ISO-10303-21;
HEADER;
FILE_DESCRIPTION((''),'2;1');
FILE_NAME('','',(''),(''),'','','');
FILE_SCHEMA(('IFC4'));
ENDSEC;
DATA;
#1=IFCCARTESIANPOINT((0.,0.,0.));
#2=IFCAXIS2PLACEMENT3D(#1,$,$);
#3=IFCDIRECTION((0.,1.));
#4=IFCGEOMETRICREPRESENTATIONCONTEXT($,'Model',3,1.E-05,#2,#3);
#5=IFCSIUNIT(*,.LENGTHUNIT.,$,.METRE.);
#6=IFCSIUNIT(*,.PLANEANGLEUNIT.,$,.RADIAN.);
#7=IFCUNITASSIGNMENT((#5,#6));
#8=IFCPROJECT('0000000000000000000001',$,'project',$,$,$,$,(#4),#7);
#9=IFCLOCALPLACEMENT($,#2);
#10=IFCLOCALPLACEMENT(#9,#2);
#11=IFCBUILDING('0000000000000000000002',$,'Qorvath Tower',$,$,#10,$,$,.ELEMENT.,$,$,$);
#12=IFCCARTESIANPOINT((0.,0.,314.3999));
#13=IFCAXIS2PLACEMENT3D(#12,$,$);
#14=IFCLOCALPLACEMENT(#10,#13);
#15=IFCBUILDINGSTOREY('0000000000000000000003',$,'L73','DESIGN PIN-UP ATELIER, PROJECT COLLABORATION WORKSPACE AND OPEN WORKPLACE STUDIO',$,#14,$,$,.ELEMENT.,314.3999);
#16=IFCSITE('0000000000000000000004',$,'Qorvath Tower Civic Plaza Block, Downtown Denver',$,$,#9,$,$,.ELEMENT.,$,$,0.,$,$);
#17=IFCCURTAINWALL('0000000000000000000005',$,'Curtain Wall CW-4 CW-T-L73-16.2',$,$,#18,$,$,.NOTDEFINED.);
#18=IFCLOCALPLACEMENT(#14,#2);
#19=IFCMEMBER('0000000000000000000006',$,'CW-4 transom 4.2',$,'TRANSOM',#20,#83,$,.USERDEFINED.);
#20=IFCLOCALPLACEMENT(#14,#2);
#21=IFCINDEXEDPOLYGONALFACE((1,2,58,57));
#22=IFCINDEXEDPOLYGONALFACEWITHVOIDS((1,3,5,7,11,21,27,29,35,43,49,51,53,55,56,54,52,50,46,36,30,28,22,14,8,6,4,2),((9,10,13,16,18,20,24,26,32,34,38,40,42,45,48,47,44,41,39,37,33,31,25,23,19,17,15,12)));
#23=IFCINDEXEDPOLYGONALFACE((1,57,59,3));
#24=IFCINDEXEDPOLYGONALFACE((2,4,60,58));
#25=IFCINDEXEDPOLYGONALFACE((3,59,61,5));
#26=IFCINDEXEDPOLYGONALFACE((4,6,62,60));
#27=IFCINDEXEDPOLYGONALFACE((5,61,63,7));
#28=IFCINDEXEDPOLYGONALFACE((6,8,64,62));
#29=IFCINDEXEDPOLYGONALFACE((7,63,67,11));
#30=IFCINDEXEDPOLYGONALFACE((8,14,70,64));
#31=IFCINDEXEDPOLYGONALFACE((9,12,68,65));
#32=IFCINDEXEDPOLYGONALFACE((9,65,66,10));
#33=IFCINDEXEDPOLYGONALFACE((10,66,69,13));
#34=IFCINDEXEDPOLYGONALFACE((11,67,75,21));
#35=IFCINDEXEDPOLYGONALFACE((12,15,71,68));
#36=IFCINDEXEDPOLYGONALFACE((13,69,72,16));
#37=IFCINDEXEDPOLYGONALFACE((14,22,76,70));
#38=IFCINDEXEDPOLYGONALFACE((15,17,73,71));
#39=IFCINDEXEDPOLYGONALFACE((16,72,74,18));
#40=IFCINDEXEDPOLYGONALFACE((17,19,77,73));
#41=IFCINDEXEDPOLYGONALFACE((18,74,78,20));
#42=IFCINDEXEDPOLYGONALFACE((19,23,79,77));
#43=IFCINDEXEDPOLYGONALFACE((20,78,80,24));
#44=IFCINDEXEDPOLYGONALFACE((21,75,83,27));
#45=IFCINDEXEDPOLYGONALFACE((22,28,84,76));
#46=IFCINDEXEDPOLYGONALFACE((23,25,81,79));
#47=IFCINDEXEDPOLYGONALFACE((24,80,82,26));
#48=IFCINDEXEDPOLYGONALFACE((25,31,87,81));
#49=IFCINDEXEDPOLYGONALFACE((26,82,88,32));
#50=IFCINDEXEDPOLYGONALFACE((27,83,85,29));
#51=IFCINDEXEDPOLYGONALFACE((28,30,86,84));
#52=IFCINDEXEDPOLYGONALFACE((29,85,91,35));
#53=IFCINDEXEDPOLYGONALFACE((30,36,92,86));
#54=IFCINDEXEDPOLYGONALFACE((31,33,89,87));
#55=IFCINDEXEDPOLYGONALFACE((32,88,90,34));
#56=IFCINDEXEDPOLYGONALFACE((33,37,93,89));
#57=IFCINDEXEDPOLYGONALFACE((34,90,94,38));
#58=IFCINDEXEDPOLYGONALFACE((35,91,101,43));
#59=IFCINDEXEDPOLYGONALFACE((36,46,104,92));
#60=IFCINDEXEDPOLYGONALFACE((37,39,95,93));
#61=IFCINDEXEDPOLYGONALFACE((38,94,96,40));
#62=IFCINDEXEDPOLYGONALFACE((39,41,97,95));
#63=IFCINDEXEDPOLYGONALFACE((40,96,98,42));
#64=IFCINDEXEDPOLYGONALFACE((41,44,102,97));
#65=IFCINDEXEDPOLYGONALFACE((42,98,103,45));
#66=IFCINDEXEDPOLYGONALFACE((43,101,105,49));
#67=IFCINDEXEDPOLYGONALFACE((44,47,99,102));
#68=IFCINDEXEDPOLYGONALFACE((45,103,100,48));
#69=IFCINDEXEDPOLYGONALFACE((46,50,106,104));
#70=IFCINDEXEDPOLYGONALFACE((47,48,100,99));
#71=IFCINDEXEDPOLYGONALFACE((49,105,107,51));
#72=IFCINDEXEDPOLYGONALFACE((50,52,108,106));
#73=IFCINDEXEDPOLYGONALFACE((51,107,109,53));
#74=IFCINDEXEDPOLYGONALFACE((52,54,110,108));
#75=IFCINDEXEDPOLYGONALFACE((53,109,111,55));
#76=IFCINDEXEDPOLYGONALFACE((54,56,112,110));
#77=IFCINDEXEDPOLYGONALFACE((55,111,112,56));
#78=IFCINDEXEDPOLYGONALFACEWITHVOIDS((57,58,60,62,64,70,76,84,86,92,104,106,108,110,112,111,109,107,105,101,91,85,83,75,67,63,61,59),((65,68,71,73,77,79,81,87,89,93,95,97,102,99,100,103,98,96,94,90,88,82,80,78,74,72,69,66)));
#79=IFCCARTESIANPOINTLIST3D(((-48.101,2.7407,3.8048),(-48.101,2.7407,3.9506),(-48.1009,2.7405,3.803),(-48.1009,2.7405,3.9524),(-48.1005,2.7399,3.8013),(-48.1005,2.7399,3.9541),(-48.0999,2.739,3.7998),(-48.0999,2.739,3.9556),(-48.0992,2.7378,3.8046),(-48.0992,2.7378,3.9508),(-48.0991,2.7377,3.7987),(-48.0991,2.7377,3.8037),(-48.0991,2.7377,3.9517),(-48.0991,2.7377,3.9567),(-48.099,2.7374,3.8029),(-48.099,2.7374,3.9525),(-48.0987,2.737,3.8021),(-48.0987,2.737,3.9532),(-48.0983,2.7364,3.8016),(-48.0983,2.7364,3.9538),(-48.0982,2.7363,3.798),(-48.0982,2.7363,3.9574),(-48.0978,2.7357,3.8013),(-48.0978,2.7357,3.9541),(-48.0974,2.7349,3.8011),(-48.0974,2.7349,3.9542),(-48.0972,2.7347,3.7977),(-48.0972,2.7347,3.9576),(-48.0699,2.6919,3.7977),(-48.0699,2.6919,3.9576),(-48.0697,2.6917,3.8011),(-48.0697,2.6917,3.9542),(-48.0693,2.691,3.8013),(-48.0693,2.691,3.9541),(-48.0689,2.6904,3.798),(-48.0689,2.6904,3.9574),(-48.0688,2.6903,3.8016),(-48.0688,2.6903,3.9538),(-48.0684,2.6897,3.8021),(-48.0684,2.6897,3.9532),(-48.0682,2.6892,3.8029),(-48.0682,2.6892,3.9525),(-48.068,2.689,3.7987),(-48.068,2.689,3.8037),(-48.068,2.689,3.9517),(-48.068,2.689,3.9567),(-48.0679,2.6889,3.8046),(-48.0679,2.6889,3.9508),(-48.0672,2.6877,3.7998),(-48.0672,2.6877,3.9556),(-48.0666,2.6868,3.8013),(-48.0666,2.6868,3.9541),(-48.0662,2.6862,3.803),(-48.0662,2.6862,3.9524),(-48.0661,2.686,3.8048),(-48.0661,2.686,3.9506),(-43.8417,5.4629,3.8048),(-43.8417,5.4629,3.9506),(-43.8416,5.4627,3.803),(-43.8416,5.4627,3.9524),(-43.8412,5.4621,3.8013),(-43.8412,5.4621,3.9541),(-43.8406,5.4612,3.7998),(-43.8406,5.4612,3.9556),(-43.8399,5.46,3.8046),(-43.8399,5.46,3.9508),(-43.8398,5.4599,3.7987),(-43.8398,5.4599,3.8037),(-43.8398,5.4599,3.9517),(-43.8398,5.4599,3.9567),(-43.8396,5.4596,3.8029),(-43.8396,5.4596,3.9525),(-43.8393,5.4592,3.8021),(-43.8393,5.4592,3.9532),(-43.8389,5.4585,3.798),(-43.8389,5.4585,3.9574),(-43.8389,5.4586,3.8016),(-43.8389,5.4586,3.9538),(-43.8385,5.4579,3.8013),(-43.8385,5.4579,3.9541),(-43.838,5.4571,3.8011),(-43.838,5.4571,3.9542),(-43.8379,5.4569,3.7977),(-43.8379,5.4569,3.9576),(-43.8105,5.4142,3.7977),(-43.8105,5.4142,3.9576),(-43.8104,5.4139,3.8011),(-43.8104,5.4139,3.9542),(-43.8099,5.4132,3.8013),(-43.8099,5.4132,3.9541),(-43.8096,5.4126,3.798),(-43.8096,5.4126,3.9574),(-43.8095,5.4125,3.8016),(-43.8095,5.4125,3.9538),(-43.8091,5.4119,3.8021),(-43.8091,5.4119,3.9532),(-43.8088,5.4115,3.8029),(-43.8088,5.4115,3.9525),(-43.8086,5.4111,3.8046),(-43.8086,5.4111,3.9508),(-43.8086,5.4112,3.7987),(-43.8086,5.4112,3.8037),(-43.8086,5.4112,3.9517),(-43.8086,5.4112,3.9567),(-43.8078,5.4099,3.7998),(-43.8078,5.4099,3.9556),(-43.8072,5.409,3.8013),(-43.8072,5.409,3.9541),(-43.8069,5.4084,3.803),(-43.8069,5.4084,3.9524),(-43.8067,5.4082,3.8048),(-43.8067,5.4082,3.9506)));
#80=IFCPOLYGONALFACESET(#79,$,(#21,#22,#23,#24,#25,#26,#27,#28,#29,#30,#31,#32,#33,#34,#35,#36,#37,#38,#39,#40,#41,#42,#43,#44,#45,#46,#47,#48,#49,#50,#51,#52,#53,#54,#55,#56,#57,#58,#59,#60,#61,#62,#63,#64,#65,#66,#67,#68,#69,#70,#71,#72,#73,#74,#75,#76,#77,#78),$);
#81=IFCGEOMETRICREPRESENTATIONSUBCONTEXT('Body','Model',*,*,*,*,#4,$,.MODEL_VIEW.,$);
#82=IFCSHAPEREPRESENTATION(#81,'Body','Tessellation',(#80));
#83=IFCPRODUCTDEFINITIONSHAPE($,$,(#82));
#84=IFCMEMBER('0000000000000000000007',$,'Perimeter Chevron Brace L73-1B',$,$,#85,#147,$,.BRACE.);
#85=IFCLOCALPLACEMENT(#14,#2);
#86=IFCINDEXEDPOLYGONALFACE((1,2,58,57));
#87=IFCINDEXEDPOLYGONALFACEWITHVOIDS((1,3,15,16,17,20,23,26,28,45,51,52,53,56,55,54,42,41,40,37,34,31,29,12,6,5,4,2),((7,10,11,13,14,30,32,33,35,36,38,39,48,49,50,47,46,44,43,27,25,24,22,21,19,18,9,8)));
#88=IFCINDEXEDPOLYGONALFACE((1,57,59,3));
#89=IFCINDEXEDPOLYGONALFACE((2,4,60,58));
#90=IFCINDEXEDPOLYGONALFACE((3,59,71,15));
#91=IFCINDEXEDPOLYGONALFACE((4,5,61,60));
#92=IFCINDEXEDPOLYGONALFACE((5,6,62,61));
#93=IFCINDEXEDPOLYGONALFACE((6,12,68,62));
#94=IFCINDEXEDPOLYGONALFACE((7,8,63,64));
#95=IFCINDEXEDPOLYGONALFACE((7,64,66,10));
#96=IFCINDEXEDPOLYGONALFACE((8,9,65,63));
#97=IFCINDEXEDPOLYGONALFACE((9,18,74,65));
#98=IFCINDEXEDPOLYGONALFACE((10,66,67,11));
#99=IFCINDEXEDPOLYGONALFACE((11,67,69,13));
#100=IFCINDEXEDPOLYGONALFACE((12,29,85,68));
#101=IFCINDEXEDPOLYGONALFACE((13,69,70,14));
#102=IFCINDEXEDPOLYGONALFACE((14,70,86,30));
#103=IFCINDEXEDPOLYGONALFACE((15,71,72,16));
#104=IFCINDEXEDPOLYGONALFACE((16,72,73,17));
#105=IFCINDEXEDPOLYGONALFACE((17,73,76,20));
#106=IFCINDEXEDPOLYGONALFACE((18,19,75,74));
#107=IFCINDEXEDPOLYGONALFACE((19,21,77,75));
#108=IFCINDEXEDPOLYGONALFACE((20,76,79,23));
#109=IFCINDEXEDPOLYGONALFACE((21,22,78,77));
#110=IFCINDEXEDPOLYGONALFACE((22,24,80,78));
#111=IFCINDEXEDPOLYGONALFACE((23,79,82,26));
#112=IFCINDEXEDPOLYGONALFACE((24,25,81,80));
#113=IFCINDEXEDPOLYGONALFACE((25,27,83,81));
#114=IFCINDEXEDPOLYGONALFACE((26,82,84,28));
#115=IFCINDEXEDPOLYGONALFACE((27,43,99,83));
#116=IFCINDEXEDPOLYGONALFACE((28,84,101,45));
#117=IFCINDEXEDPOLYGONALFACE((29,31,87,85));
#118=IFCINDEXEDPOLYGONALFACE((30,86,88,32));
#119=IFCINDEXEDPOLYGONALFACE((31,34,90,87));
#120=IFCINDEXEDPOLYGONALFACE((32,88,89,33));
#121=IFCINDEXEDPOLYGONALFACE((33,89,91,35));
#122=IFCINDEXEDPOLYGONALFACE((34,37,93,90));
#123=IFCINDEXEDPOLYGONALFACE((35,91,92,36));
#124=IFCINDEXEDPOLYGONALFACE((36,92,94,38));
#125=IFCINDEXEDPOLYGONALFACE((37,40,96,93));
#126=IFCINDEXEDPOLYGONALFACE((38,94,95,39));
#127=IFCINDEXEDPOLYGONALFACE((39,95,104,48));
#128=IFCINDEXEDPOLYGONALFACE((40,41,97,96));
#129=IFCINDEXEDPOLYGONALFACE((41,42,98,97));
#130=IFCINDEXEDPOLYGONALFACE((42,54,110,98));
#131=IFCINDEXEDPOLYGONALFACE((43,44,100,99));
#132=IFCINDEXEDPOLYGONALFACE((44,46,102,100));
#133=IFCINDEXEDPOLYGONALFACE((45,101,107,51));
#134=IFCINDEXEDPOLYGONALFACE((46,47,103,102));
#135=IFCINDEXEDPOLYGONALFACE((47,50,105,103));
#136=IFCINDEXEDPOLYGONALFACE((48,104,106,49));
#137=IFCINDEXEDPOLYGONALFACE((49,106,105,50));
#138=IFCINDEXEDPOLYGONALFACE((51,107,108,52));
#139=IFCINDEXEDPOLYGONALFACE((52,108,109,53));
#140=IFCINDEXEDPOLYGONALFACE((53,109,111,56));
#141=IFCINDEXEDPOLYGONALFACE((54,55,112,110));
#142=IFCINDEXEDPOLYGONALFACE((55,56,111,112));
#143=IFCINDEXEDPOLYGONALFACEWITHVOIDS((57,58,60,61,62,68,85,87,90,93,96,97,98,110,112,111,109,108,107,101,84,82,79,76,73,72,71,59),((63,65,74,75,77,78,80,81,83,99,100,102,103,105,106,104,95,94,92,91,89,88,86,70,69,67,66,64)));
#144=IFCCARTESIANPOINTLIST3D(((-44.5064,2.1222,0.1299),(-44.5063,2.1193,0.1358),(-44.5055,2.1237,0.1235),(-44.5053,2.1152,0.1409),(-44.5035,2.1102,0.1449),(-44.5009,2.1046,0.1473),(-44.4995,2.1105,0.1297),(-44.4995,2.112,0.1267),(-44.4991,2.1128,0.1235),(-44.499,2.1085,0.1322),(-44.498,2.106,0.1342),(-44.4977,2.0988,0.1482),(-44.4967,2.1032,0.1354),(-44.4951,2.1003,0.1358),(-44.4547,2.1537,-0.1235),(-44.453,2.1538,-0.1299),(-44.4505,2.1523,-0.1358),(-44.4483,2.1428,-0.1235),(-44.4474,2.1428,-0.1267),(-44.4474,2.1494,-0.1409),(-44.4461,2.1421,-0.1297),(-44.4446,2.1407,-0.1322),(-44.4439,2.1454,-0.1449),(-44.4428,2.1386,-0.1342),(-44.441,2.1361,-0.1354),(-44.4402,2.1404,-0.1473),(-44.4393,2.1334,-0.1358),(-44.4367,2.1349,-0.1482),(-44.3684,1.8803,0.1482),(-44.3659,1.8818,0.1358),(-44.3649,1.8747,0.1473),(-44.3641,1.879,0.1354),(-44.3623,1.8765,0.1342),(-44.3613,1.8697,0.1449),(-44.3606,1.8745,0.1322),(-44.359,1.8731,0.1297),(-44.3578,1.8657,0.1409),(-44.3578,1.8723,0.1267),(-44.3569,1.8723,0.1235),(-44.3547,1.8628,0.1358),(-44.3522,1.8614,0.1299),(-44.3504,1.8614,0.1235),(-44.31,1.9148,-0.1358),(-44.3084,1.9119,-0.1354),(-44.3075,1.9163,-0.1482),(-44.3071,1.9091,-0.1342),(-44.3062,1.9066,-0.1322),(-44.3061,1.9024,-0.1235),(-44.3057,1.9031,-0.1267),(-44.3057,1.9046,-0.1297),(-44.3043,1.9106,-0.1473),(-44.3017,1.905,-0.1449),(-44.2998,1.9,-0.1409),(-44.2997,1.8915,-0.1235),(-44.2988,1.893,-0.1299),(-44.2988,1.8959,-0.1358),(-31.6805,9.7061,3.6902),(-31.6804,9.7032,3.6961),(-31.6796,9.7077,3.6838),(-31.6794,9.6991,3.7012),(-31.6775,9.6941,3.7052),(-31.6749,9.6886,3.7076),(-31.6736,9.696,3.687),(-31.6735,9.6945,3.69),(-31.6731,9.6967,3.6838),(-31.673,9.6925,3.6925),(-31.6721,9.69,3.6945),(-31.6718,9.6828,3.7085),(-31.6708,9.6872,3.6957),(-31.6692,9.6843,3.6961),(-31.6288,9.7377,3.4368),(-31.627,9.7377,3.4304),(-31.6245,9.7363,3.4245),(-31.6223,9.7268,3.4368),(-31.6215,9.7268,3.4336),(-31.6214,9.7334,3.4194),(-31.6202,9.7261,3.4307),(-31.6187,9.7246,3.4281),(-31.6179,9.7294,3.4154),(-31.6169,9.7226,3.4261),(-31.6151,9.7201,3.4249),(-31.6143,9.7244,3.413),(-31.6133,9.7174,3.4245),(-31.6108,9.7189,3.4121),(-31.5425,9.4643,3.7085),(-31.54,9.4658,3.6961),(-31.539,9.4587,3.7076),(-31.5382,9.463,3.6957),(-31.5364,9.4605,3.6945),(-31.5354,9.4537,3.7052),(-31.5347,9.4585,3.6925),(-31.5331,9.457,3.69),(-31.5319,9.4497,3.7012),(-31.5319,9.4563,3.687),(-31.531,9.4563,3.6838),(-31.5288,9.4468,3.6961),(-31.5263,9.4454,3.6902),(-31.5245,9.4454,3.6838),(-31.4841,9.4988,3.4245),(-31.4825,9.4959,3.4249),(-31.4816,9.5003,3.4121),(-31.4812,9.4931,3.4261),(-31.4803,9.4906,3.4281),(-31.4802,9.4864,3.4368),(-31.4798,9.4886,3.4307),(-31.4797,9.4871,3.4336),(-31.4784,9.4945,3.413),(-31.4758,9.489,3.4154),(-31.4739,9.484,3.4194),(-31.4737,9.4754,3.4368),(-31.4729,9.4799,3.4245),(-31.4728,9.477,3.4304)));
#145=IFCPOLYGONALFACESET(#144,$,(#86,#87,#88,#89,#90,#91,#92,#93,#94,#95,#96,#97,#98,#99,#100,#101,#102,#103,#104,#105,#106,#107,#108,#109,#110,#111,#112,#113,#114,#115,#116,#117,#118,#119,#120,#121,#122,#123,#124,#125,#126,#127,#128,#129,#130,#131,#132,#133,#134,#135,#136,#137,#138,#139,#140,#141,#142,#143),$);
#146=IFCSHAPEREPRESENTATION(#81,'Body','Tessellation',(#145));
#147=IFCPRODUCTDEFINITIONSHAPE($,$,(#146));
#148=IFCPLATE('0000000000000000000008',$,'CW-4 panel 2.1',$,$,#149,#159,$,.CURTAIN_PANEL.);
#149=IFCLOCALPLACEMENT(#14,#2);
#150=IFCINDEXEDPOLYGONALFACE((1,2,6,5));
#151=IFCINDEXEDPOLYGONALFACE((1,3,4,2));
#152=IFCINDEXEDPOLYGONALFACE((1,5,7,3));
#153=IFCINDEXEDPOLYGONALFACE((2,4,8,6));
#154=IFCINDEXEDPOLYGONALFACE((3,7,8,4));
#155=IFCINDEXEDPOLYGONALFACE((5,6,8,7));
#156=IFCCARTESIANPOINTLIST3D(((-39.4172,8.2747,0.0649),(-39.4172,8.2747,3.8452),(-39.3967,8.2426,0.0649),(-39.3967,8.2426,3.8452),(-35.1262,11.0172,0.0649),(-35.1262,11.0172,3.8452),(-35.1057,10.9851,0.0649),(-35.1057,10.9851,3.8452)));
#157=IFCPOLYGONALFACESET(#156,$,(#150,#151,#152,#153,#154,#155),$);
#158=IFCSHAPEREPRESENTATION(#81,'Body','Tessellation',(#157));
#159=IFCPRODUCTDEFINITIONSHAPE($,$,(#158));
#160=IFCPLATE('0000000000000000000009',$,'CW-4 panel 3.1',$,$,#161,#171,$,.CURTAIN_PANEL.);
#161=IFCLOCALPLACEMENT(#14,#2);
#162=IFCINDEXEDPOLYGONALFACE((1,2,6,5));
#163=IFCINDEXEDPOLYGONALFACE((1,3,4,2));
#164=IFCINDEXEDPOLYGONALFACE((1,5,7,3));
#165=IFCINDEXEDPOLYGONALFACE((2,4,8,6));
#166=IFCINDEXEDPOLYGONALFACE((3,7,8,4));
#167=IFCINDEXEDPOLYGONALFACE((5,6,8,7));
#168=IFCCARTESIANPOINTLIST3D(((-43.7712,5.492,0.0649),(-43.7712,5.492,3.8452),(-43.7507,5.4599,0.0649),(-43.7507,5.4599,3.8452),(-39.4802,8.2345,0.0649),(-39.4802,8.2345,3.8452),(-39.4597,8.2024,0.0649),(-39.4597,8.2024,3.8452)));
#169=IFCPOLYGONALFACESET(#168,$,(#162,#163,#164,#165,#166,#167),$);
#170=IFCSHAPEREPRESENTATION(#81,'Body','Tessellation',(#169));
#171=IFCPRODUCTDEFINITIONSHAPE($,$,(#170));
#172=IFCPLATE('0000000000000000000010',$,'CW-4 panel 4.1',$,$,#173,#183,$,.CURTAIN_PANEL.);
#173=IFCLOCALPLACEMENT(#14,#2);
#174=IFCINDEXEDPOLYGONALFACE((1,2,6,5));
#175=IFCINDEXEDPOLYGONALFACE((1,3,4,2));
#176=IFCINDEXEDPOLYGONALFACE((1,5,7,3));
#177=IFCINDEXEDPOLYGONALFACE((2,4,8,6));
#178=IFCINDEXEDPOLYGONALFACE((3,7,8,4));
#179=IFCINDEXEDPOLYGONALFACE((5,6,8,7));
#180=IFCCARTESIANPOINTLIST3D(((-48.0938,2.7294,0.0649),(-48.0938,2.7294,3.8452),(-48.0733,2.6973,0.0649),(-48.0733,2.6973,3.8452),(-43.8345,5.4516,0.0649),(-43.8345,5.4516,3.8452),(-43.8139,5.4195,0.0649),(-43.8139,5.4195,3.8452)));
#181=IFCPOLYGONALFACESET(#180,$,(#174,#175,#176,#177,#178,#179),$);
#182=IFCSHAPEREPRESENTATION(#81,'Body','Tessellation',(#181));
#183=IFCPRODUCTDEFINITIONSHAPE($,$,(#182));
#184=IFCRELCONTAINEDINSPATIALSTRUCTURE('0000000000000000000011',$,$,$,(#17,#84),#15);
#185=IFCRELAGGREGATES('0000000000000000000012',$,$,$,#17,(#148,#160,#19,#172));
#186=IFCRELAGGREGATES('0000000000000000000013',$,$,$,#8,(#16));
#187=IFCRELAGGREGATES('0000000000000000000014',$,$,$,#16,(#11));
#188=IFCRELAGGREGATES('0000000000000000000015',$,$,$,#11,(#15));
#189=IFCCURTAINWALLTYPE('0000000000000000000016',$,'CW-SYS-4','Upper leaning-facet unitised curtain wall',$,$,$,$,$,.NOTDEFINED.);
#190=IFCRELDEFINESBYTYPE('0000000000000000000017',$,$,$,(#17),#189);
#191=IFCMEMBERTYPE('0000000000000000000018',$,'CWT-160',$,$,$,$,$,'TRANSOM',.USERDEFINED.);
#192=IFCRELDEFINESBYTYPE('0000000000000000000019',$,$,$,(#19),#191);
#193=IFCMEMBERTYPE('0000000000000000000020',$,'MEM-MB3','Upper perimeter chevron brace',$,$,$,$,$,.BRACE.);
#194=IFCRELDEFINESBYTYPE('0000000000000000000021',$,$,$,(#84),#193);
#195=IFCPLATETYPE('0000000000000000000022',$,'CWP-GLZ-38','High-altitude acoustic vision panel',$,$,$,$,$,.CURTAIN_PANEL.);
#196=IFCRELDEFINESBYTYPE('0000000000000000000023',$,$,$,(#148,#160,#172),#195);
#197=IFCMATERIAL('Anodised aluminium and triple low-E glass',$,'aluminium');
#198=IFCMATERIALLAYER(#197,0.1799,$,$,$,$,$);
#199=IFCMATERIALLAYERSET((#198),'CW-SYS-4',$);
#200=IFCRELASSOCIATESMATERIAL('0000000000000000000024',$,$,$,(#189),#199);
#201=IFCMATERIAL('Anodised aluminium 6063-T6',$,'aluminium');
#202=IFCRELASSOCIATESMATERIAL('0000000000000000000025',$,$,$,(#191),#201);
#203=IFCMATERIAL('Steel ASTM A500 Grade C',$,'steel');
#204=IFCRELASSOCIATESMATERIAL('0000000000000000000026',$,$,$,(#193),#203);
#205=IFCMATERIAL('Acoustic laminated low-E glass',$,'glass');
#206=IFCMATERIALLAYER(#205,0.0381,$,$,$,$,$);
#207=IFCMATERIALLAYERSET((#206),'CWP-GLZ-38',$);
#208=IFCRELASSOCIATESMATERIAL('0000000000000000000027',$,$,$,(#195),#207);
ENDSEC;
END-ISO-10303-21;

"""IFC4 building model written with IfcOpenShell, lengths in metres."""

from ifc_helpers import new_model, si_unit, direction, frame, origin, origin_2d, place, context, subcontext, project, spatial, rectangle, hollow_rectangle, extrude, material, layer, layer_set, material_profile, profile_set, type_object, element, aggregate, save


model = new_model("IFC4")

# Units and contexts
model_context = context("Model", 3, precision=1e-05, world=origin(), true_north=direction((0.0, 1.0)))
body_context = subcontext(model_context, "Body", "Model", "MODEL_VIEW")
ifc_project = project(units=[si_unit("LENGTHUNIT", "METRE"), si_unit("PLANEANGLEUNIT", "RADIAN")], contexts=[model_context])

# Site, building, storey
site_placement = place(None, origin())
site = spatial("IfcSite", under=ifc_project, at=site_placement, Name="Qorvath Tower Civic Plaza Block, Downtown Denver", CompositionType="ELEMENT", RefElevation=0.0)
building_placement = place(site_placement, origin())
building = spatial("IfcBuilding", under=site, at=building_placement, Name="Qorvath Tower", CompositionType="ELEMENT")
storey_placement = place(building_placement, frame((0.0, 0.0, 314.3999)))
storey = spatial("IfcBuildingStorey", under=building, at=storey_placement, Name="L73", Description="DESIGN PIN-UP ATELIER, PROJECT COLLABORATION WORKSPACE AND OPEN WORKPLACE STUDIO", CompositionType="ELEMENT", Elevation=314.3999)

# Curtain wall, member
ifc_material_1 = material(Name="Anodised aluminium and triple low-E glass", Category="aluminium")
ifc_layer_1 = layer(ifc_material_1, 0.1799)
ifc_layer_set_1 = layer_set([ifc_layer_1], Name="CW-SYS-4")
curtain_wall_type = type_object("IfcCurtainWallType", Name="CW-SYS-4", Description="Upper leaning-facet unitised curtain wall", PredefinedType="NOTDEFINED", material=ifc_layer_set_1)
curtain_wall_placement = place(storey_placement, origin())
curtain_wall = element("IfcCurtainWall", 1, at=curtain_wall_placement, inside=storey, type_object=curtain_wall_type, Name="Curtain Wall CW-4 CW-T-L73-16.2", PredefinedType="NOTDEFINED")
ifc_material_2 = material(Name="Anodised aluminium 6063-T6", Category="aluminium")
ifc_material_profile_1 = material_profile(ifc_material_2, hollow_rectangle(XDim=0.0649, YDim=0.1599, WallThickness=0.0034, InnerFilletRadius=0.0034, OuterFilletRadius=0.0071, at=origin_2d()), Name="CWT 160x65")
ifc_profile_set_1 = profile_set([ifc_material_profile_1], Name="Anodised aluminium 6063-T6")
member_type_1 = type_object("IfcMemberType", Name="CWT-160", ElementType="TRANSOM", PredefinedType="USERDEFINED", material=ifc_profile_set_1)
member_1_placement = place(storey_placement, frame((-43.8242, 5.4355, 3.8777), z_axis=(-0.84261, -0.538525, 0.0), x_axis=(0.538525, -0.84261, 0.0)))
member_1 = element("IfcMember", 2, at=member_1_placement, type_object=member_type_1, Name="CW-4 transom 4.2", ObjectType="TRANSOM", PredefinedType="USERDEFINED", context=body_context, shape_type="SweptSolid", body=[
    extrude(hollow_rectangle(XDim=0.0649, YDim=0.1599, WallThickness=0.0034, InnerFilletRadius=0.0034, OuterFilletRadius=0.0071, at=origin_2d()), origin(), (0.0, 0.0, 1.0), 5.0549),
])

# Member
ifc_material_3 = material(Name="Steel ASTM A500 Grade C", Category="steel")
ifc_material_profile_2 = material_profile(ifc_material_3, hollow_rectangle(XDim=0.3047, YDim=0.3047, WallThickness=0.0127, InnerFilletRadius=0.0127, OuterFilletRadius=0.0254, at=origin_2d()), Name="HSS 305x305x12.7")
ifc_profile_set_2 = profile_set([ifc_material_profile_2], Name="Steel ASTM A500 Grade C")
member_type_2 = type_object("IfcMemberType", Name="MEM-MB3", Description="Upper perimeter chevron brace", PredefinedType="BRACE", material=ifc_profile_set_2)
member_2_placement = place(storey_placement, frame((-44.4026, 2.0076, 0.0), z_axis=(0.837211, 0.495044, 0.232398), x_axis=(-0.508979, 0.860779, 0.0)))
element("IfcMember", 3, at=member_2_placement, inside=storey, type_object=member_type_2, Name="Perimeter Chevron Brace L73-1B", PredefinedType="BRACE", context=body_context, shape_type="SweptSolid", body=[
    extrude(hollow_rectangle(XDim=0.3047, YDim=0.3047, WallThickness=0.0127, InnerFilletRadius=0.0127, OuterFilletRadius=0.0254, at=origin_2d()), origin(), (0.0, 0.0, 1.0), 15.3198),
])

# Plates
ifc_material_4 = material(Name="Acoustic laminated low-E glass", Category="glass")
ifc_layer_2 = layer(ifc_material_4, 0.0381)
ifc_layer_set_2 = layer_set([ifc_layer_2], Name="CWP-GLZ-38")
plate_type_1 = type_object("IfcPlateType", Name="CWP-GLZ-38", Description="High-altitude acoustic vision panel", PredefinedType="CURTAIN_PANEL", material=ifc_layer_set_2)
plate_1_placement = place(storey_placement, frame((-37.2615, 9.6299, 0.0649), z_axis=(0.0, 0.0, 1.0), x_axis=(-0.842606, -0.53853, 0.0)))
plate_1 = element("IfcPlate", 4, at=plate_1_placement, type_object=plate_type_1, Name="CW-4 panel 2.1", PredefinedType="CURTAIN_PANEL", context=body_context, shape_type="SweptSolid", body=[
    extrude(rectangle(XDim=5.0925, YDim=0.0381, at=origin_2d()), origin(), (0.0, 0.0, 1.0), 3.7803),
])
plate_2_placement = place(storey_placement, frame((-41.6155, 6.8472, 0.0649), z_axis=(0.0, 0.0, 1.0), x_axis=(-0.842606, -0.53853, 0.0)))
plate_2 = element("IfcPlate", 5, at=plate_2_placement, type_object=plate_type_1, Name="CW-4 panel 3.1", PredefinedType="CURTAIN_PANEL", context=body_context, shape_type="SweptSolid", body=[
    extrude(rectangle(XDim=5.0925, YDim=0.0381, at=origin_2d()), origin(), (0.0, 0.0, 1.0), 3.7803),
])
plate_3_placement = place(storey_placement, frame((-45.9539, 4.0745, 0.0649), z_axis=(0.0, 0.0, 1.0), x_axis=(-0.842606, -0.53853, 0.0)))
plate_3 = element("IfcPlate", 6, at=plate_3_placement, type_object=plate_type_1, Name="CW-4 panel 4.1", PredefinedType="CURTAIN_PANEL", context=body_context, shape_type="SweptSolid", body=[
    extrude(rectangle(XDim=5.0549, YDim=0.0381, at=origin_2d()), origin(), (0.0, 0.0, 1.0), 3.7803),
])
aggregate(curtain_wall, [plate_1, plate_2, member_1, plate_3])

save(model, "model.ifc")
